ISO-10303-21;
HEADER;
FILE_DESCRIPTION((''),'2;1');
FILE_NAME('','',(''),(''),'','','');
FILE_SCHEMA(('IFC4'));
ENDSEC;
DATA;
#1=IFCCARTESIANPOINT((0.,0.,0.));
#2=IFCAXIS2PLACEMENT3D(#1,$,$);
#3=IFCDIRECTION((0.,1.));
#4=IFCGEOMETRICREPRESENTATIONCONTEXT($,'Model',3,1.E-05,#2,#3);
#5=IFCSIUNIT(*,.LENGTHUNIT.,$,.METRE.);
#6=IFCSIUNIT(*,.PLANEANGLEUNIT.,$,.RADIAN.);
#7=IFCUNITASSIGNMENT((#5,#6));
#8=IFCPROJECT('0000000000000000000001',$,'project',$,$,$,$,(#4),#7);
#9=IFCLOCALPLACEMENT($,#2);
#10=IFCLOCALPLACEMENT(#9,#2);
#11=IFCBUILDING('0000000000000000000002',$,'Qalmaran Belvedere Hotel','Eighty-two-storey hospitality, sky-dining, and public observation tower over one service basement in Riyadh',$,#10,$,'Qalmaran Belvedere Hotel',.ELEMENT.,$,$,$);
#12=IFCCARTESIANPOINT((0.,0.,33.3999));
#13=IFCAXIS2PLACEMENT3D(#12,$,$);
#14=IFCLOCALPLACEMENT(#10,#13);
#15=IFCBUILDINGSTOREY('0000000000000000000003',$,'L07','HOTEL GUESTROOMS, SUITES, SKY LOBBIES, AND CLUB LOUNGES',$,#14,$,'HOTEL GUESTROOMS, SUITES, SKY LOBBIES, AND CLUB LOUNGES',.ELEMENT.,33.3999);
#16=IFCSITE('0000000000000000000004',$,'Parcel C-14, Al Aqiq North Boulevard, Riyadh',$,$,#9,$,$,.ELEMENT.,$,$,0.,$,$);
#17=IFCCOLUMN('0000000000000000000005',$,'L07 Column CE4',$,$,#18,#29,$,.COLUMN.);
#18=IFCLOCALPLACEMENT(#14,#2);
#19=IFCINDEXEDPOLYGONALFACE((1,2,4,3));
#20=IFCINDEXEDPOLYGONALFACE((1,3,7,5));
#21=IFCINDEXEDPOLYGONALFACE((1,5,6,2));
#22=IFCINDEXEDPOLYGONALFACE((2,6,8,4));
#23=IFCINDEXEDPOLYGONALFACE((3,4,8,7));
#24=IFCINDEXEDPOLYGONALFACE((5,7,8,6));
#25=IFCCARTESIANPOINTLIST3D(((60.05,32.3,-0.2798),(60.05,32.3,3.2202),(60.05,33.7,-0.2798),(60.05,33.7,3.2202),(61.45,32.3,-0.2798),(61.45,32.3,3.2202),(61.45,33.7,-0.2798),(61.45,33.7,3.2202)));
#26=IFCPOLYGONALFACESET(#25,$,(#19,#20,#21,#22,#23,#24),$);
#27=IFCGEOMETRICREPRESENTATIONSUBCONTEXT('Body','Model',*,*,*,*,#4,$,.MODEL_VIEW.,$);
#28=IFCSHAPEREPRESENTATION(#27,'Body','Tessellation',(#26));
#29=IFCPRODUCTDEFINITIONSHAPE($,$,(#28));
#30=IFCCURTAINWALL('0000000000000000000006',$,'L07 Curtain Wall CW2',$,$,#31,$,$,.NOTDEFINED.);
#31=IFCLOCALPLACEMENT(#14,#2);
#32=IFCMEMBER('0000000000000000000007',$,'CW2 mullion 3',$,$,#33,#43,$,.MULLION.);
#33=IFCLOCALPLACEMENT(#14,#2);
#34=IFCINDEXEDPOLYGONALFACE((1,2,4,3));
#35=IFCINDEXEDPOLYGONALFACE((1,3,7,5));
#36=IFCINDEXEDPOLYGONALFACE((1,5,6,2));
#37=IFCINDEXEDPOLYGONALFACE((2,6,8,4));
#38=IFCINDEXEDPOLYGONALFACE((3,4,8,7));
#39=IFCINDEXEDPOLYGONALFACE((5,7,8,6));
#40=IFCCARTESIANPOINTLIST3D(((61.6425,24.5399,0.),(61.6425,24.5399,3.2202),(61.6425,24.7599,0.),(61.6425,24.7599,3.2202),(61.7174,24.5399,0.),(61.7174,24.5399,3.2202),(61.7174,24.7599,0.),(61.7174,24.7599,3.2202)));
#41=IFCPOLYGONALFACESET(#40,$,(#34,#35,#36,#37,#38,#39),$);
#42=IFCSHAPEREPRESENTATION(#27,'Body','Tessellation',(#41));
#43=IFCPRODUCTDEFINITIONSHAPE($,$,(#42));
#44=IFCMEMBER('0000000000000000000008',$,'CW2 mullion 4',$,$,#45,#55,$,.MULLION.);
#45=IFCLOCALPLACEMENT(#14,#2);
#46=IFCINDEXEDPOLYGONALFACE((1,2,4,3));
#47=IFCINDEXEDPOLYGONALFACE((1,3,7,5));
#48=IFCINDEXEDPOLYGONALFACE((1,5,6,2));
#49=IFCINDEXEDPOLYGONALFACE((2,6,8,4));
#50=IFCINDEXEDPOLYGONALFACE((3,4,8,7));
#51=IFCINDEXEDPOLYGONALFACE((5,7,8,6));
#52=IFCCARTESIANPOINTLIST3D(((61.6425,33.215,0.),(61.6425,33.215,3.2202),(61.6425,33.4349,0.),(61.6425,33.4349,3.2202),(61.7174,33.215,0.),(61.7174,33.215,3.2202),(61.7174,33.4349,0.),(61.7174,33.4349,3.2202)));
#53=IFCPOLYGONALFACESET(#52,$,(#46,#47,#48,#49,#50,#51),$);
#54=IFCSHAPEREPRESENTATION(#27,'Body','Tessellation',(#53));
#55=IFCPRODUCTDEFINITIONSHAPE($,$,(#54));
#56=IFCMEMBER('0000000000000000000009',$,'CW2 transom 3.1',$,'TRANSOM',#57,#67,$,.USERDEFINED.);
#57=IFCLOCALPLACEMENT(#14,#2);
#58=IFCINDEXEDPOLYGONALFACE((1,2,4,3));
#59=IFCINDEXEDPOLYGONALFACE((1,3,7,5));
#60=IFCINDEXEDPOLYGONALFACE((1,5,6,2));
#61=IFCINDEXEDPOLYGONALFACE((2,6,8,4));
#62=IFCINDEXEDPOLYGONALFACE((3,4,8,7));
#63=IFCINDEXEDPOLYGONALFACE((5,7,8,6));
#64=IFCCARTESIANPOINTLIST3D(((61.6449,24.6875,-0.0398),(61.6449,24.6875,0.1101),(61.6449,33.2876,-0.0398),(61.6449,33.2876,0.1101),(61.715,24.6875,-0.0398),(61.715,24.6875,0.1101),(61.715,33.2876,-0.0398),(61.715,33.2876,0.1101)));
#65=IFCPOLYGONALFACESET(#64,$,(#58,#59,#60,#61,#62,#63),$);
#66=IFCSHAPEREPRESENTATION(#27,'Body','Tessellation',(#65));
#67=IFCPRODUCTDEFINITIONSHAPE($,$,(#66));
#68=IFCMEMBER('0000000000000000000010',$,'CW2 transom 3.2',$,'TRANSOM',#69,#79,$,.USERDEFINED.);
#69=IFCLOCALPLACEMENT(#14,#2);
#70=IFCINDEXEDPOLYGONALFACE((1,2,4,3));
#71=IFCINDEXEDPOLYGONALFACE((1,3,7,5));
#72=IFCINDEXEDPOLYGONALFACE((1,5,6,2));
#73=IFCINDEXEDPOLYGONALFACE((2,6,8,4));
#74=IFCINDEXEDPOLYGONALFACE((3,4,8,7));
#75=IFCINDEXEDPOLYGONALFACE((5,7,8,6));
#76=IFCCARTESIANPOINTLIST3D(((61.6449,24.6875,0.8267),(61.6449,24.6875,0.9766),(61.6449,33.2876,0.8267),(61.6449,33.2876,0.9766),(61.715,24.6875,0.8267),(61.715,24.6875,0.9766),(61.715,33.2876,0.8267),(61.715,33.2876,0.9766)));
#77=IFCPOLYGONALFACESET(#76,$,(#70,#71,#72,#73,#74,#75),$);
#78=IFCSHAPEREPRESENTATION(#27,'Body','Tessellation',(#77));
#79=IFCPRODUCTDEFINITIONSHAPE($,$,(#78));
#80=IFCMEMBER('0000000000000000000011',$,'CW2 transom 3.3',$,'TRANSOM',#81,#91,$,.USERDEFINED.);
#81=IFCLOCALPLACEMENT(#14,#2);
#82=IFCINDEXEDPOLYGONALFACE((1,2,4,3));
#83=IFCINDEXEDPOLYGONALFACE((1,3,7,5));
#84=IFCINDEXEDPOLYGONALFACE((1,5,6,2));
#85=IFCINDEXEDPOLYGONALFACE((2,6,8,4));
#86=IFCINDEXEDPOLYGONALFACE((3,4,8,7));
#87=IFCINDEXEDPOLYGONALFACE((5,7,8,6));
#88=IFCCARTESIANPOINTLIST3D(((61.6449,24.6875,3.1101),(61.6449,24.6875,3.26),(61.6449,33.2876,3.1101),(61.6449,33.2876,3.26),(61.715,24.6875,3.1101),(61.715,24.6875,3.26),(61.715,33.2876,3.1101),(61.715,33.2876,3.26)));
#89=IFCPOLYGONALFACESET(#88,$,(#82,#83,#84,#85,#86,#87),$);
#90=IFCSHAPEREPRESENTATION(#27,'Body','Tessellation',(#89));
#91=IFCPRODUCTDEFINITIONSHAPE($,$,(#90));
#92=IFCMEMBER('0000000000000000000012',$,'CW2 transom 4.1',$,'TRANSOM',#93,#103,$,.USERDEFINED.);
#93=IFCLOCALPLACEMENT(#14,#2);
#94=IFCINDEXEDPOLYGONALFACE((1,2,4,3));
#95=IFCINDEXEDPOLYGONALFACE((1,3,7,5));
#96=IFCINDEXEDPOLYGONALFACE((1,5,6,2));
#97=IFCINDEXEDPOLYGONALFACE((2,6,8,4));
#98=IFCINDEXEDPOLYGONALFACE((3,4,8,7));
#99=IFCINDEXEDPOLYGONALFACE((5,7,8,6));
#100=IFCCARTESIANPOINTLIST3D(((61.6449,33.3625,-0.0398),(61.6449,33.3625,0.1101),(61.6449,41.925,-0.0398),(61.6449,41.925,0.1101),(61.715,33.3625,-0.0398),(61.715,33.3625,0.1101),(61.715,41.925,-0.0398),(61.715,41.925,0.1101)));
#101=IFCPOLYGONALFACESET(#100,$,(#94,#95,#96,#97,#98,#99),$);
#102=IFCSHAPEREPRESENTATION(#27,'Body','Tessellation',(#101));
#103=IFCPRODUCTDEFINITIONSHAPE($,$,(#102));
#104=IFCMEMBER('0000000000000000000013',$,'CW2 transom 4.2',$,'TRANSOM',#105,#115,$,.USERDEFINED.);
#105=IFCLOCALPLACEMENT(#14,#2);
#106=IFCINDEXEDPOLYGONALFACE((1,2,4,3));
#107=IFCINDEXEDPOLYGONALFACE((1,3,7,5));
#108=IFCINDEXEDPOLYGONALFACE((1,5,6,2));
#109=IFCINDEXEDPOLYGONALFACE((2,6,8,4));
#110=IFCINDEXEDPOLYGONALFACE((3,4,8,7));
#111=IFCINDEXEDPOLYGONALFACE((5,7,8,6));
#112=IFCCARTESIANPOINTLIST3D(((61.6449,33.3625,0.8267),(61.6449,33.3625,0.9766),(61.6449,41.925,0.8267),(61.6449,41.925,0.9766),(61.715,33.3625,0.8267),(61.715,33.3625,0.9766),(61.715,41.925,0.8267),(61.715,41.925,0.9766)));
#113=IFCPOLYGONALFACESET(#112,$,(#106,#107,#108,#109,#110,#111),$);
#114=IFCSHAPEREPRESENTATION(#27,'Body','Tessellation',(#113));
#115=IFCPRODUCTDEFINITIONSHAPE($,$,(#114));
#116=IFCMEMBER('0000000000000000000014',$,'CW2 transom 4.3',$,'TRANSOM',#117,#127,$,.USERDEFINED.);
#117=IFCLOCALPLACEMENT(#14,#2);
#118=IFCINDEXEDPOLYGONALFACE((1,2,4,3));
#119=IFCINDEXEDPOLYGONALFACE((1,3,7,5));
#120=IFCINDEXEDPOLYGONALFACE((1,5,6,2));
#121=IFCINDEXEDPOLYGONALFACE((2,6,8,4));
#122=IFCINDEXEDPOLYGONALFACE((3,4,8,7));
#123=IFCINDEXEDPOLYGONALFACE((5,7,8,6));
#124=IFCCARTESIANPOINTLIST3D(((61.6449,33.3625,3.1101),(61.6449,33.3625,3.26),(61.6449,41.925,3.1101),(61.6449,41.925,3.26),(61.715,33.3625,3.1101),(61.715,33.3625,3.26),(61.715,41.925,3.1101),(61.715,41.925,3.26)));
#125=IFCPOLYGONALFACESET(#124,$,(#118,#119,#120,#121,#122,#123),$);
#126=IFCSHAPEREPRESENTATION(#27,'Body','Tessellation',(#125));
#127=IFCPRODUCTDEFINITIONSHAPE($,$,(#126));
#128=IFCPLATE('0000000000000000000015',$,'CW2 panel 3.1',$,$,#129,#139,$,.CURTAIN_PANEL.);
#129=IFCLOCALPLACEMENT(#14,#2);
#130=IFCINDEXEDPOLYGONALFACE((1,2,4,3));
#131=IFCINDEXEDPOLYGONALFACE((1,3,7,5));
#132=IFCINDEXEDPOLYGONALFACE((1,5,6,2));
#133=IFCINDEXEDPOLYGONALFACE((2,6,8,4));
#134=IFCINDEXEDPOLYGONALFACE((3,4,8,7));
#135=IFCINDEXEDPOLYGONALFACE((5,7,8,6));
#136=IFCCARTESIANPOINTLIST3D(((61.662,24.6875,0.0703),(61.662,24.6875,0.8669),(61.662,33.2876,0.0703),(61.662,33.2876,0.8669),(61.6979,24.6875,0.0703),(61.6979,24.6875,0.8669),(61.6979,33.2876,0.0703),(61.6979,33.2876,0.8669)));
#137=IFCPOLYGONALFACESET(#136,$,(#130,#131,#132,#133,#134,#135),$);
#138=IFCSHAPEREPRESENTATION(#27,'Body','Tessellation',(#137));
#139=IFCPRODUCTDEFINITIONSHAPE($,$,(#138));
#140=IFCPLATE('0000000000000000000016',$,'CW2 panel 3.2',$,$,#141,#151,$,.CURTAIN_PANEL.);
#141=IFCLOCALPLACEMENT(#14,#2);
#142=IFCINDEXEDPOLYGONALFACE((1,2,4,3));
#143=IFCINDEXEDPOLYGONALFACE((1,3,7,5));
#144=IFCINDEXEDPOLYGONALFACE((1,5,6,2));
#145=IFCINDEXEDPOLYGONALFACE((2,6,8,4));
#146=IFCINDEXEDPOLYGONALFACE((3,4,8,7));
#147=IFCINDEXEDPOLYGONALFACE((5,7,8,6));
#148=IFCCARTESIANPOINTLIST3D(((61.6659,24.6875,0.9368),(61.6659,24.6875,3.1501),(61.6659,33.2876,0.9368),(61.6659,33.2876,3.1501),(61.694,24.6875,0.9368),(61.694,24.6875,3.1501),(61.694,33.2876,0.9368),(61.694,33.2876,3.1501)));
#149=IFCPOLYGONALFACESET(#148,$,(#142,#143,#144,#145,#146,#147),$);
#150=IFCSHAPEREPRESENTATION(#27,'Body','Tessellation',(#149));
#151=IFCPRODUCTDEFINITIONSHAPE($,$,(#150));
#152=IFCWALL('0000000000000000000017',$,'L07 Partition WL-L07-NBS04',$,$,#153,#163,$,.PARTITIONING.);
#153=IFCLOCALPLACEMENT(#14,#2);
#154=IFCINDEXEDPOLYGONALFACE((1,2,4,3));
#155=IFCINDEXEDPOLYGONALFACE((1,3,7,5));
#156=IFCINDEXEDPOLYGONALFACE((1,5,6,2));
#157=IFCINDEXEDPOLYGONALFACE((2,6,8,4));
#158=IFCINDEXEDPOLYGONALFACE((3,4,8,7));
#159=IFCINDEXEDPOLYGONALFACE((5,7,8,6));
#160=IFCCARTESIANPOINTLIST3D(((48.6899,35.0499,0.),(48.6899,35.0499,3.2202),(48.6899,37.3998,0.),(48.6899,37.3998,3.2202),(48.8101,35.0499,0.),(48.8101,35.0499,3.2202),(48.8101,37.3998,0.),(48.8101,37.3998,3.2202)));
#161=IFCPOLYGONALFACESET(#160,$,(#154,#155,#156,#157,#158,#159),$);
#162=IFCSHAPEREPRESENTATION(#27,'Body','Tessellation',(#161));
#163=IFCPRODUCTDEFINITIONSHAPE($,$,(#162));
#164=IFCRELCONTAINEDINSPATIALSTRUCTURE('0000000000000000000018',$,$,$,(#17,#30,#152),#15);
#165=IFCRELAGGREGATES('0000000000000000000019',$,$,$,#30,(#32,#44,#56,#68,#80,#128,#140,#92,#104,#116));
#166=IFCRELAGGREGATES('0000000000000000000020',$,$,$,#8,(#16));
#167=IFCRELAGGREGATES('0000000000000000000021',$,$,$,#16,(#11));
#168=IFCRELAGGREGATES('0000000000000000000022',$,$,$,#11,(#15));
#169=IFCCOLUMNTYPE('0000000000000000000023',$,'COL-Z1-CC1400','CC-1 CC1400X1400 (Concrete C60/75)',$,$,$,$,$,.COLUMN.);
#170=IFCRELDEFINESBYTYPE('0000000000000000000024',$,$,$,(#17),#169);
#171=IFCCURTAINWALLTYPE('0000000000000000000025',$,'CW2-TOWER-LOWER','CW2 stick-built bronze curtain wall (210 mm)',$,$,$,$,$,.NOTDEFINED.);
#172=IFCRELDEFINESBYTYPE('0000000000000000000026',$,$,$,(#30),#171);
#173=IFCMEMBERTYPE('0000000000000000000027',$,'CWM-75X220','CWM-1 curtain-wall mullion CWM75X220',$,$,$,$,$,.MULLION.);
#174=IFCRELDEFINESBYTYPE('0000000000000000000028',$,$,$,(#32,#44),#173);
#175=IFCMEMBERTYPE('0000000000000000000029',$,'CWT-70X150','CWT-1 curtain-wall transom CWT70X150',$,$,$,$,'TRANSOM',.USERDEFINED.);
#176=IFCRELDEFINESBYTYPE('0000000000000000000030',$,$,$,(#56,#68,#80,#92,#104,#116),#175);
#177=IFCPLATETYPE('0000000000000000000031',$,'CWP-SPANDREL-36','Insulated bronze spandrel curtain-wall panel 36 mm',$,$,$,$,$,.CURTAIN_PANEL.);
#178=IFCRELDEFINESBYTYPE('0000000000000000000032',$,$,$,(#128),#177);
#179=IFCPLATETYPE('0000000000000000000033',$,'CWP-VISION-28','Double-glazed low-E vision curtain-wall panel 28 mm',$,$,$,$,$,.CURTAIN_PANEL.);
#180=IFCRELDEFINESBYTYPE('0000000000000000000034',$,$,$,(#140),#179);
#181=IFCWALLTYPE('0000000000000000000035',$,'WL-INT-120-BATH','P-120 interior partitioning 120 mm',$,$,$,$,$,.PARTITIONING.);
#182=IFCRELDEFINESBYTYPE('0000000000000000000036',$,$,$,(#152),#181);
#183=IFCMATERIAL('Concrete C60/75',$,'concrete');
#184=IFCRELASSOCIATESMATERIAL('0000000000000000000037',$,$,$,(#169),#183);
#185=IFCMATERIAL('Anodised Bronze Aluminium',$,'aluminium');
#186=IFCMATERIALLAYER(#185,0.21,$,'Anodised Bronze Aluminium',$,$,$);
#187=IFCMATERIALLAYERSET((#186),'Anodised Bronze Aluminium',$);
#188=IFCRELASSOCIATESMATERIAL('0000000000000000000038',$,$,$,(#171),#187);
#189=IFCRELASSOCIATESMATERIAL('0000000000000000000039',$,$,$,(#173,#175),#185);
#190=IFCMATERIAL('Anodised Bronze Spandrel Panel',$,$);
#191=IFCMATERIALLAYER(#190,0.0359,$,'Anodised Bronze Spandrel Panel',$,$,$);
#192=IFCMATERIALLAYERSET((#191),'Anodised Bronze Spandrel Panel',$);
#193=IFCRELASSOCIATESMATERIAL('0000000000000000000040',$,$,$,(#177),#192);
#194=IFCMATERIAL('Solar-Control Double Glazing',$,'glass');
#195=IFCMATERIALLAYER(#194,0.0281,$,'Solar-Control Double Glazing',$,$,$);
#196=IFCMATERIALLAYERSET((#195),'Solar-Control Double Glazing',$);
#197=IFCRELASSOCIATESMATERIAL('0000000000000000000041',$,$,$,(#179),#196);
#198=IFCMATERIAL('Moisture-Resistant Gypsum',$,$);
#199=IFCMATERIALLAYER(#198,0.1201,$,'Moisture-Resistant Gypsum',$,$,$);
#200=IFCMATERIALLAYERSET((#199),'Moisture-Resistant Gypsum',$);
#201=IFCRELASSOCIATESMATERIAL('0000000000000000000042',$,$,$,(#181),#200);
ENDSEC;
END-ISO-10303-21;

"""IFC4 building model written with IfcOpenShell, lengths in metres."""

from ifc_helpers import new_model, si_unit, direction, frame, frame_2d, origin, origin_2d, place, context, subcontext, project, spatial, rectangle, extrude, material, layer, layer_set, material_profile, profile_set, type_object, element, aggregate, save


model = new_model("IFC4")

# Units and contexts
model_context = context("Model", 3, precision=1e-05, world=origin(), true_north=direction((0.0, 1.0)))
body_context = subcontext(model_context, "Body", "Model", "MODEL_VIEW")
ifc_project = project(units=[si_unit("LENGTHUNIT", "METRE"), si_unit("PLANEANGLEUNIT", "RADIAN")], contexts=[model_context])

# Site, building, storey
site_placement = place(None, origin())
site = spatial("IfcSite", under=ifc_project, at=site_placement, Name="Parcel C-14, Al Aqiq North Boulevard, Riyadh", CompositionType="ELEMENT", RefElevation=0.0)
building_placement = place(site_placement, origin())
building = spatial("IfcBuilding", under=site, at=building_placement, Name="Qalmaran Belvedere Hotel", Description="Eighty-two-storey hospitality, sky-dining, and public observation tower over one service basement in Riyadh", LongName="Qalmaran Belvedere Hotel", CompositionType="ELEMENT")
storey_placement = place(building_placement, frame((0.0, 0.0, 33.3999)))
storey = spatial("IfcBuildingStorey", under=building, at=storey_placement, Name="L07", Description="HOTEL GUESTROOMS, SUITES, SKY LOBBIES, AND CLUB LOUNGES", LongName="HOTEL GUESTROOMS, SUITES, SKY LOBBIES, AND CLUB LOUNGES", CompositionType="ELEMENT", Elevation=33.3999)

# Column
ifc_material_1 = material(Name="Concrete C60/75", Category="concrete")
ifc_material_profile_1 = material_profile(ifc_material_1, rectangle(XDim=1.3999, YDim=1.3999, at=origin_2d()), Name="CC1400X1400")
ifc_profile_set_1 = profile_set([ifc_material_profile_1], Name="Concrete C60/75")
column_type = type_object("IfcColumnType", Name="COL-Z1-CC1400", Description="CC-1 CC1400X1400 (Concrete C60/75)", PredefinedType="COLUMN", material=ifc_profile_set_1)
column_placement = place(storey_placement, frame((60.75, 33.0, -0.2798), z_axis=(0.0, 0.0, 1.0), x_axis=(1.0, 0.0, 0.0)))
element("IfcColumn", 1, at=column_placement, inside=storey, type_object=column_type, Name="L07 Column CE4", PredefinedType="COLUMN", context=body_context, shape_type="SweptSolid", body=[
    extrude(rectangle(XDim=1.3999, YDim=1.3999, at=origin_2d()), origin(), (0.0, 0.0, 1.0), 3.5),
])

# Curtain wall, members, plates
ifc_material_2 = material(Name="Anodised Bronze Aluminium", Category="aluminium")
ifc_layer_1 = layer(ifc_material_2, 0.21, Name="Anodised Bronze Aluminium")
ifc_layer_set_1 = layer_set([ifc_layer_1], Name="Anodised Bronze Aluminium")
curtain_wall_type = type_object("IfcCurtainWallType", Name="CW2-TOWER-LOWER", Description="CW2 stick-built bronze curtain wall (210 mm)", PredefinedType="NOTDEFINED", material=ifc_layer_set_1)
curtain_wall_placement = place(storey_placement, origin())
curtain_wall = element("IfcCurtainWall", 2, at=curtain_wall_placement, inside=storey, type_object=curtain_wall_type, Name="L07 Curtain Wall CW2", PredefinedType="NOTDEFINED")
ifc_material_profile_2 = material_profile(ifc_material_2, rectangle(XDim=0.075, YDim=0.22, at=origin_2d()), Name="CWM75X220")
ifc_profile_set_2 = profile_set([ifc_material_profile_2], Name="Anodised Bronze Aluminium")
member_type_1 = type_object("IfcMemberType", Name="CWM-75X220", Description="CWM-1 curtain-wall mullion CWM75X220", PredefinedType="MULLION", material=ifc_profile_set_2)
member_1_placement = place(storey_placement, frame((61.6799, 24.6499, 0.0), z_axis=(0.0, 0.0, 1.0), x_axis=(-1.0, 0.0, 0.0)))
member_1 = element("IfcMember", 3, at=member_1_placement, type_object=member_type_1, Name="CW2 mullion 3", PredefinedType="MULLION", context=body_context, shape_type="SweptSolid", body=[
    extrude(rectangle(XDim=0.075, YDim=0.22, at=origin_2d()), origin(), (0.0, 0.0, 1.0), 3.2202),
])
member_2_placement = place(storey_placement, frame((61.6799, 33.325, 0.0), z_axis=(0.0, 0.0, 1.0), x_axis=(-1.0, 0.0, 0.0)))
member_2 = element("IfcMember", 4, at=member_2_placement, type_object=member_type_1, Name="CW2 mullion 4", PredefinedType="MULLION", context=body_context, shape_type="SweptSolid", body=[
    extrude(rectangle(XDim=0.075, YDim=0.22, at=origin_2d()), origin(), (0.0, 0.0, 1.0), 3.2202),
])
ifc_material_profile_3 = material_profile(ifc_material_2, rectangle(XDim=0.0701, YDim=0.1499, at=origin_2d()), Name="CWT70X150")
ifc_profile_set_3 = profile_set([ifc_material_profile_3], Name="Anodised Bronze Aluminium")
member_type_2 = type_object("IfcMemberType", Name="CWT-70X150", Description="CWT-1 curtain-wall transom CWT70X150", ElementType="TRANSOM", PredefinedType="USERDEFINED", material=ifc_profile_set_3)
member_3_placement = place(storey_placement, frame((61.6799, 24.6875, 0.0352), z_axis=(0.0, 1.0, 0.0), x_axis=(-1.0, 0.0, 0.0)))
member_3 = element("IfcMember", 5, at=member_3_placement, type_object=member_type_2, Name="CW2 transom 3.1", ObjectType="TRANSOM", PredefinedType="USERDEFINED", context=body_context, shape_type="SweptSolid", body=[
    extrude(rectangle(XDim=0.0701, YDim=0.1499, at=origin_2d()), origin(), (0.0, 0.0, 1.0), 8.6001),
])
member_4_placement = place(storey_placement, frame((61.6799, 24.6875, 0.9016), z_axis=(0.0, 1.0, 0.0), x_axis=(-1.0, 0.0, 0.0)))
member_4 = element("IfcMember", 6, at=member_4_placement, type_object=member_type_2, Name="CW2 transom 3.2", ObjectType="TRANSOM", PredefinedType="USERDEFINED", context=body_context, shape_type="SweptSolid", body=[
    extrude(rectangle(XDim=0.0701, YDim=0.1499, at=origin_2d()), origin(), (0.0, 0.0, 1.0), 8.6001),
])
member_5_placement = place(storey_placement, frame((61.6799, 24.6875, 3.1851), z_axis=(0.0, 1.0, 0.0), x_axis=(-1.0, 0.0, 0.0)))
member_5 = element("IfcMember", 7, at=member_5_placement, type_object=member_type_2, Name="CW2 transom 3.3", ObjectType="TRANSOM", PredefinedType="USERDEFINED", context=body_context, shape_type="SweptSolid", body=[
    extrude(rectangle(XDim=0.0701, YDim=0.1499, at=origin_2d()), origin(), (0.0, 0.0, 1.0), 8.6001),
])
member_6_placement = place(storey_placement, frame((61.6799, 33.3625, 0.0352), z_axis=(0.0, 1.0, 0.0), x_axis=(-1.0, 0.0, 0.0)))
member_6 = element("IfcMember", 8, at=member_6_placement, type_object=member_type_2, Name="CW2 transom 4.1", ObjectType="TRANSOM", PredefinedType="USERDEFINED", context=body_context, shape_type="SweptSolid", body=[
    extrude(rectangle(XDim=0.0701, YDim=0.1499, at=origin_2d()), origin(), (0.0, 0.0, 1.0), 8.5625),
])
member_7_placement = place(storey_placement, frame((61.6799, 33.3625, 0.9016), z_axis=(0.0, 1.0, 0.0), x_axis=(-1.0, 0.0, 0.0)))
member_7 = element("IfcMember", 9, at=member_7_placement, type_object=member_type_2, Name="CW2 transom 4.2", ObjectType="TRANSOM", PredefinedType="USERDEFINED", context=body_context, shape_type="SweptSolid", body=[
    extrude(rectangle(XDim=0.0701, YDim=0.1499, at=origin_2d()), origin(), (0.0, 0.0, 1.0), 8.5625),
])
member_8_placement = place(storey_placement, frame((61.6799, 33.3625, 3.1851), z_axis=(0.0, 1.0, 0.0), x_axis=(-1.0, 0.0, 0.0)))
member_8 = element("IfcMember", 10, at=member_8_placement, type_object=member_type_2, Name="CW2 transom 4.3", ObjectType="TRANSOM", PredefinedType="USERDEFINED", context=body_context, shape_type="SweptSolid", body=[
    extrude(rectangle(XDim=0.0701, YDim=0.1499, at=origin_2d()), origin(), (0.0, 0.0, 1.0), 8.5625),
])
ifc_material_3 = material(Name="Anodised Bronze Spandrel Panel")
ifc_layer_2 = layer(ifc_material_3, 0.0359, Name="Anodised Bronze Spandrel Panel")
ifc_layer_set_2 = layer_set([ifc_layer_2], Name="Anodised Bronze Spandrel Panel")
plate_type_1 = type_object("IfcPlateType", Name="CWP-SPANDREL-36", Description="Insulated bronze spandrel curtain-wall panel 36 mm", PredefinedType="CURTAIN_PANEL", material=ifc_layer_set_2)
plate_1_placement = place(storey_placement, frame((61.6799, 28.9875, 0.0703), z_axis=(0.0, 0.0, 1.0), x_axis=(0.0, 1.0, 0.0)))
plate_1 = element("IfcPlate", 11, at=plate_1_placement, type_object=plate_type_1, Name="CW2 panel 3.1", PredefinedType="CURTAIN_PANEL", context=body_context, shape_type="SweptSolid", body=[
    extrude(rectangle(XDim=8.6001, YDim=0.0359, at=origin_2d()), origin(), (0.0, 0.0, 1.0), 0.7966),
])
ifc_material_4 = material(Name="Solar-Control Double Glazing", Category="glass")
ifc_layer_3 = layer(ifc_material_4, 0.0281, Name="Solar-Control Double Glazing")
ifc_layer_set_3 = layer_set([ifc_layer_3], Name="Solar-Control Double Glazing")
plate_type_2 = type_object("IfcPlateType", Name="CWP-VISION-28", Description="Double-glazed low-E vision curtain-wall panel 28 mm", PredefinedType="CURTAIN_PANEL", material=ifc_layer_set_3)
plate_2_placement = place(storey_placement, frame((61.6799, 28.9875, 0.9368), z_axis=(0.0, 0.0, 1.0), x_axis=(0.0, 1.0, 0.0)))
plate_2 = element("IfcPlate", 12, at=plate_2_placement, type_object=plate_type_2, Name="CW2 panel 3.2", PredefinedType="CURTAIN_PANEL", context=body_context, shape_type="SweptSolid", body=[
    extrude(rectangle(XDim=8.6001, YDim=0.0281, at=origin_2d()), origin(), (0.0, 0.0, 1.0), 2.2134),
])
aggregate(curtain_wall, [member_1, member_2, member_3, member_4, member_5, plate_1, plate_2, member_6, member_7, member_8])

# Wall
ifc_material_5 = material(Name="Moisture-Resistant Gypsum")
ifc_layer_4 = layer(ifc_material_5, 0.1201, Name="Moisture-Resistant Gypsum")
ifc_layer_set_4 = layer_set([ifc_layer_4], Name="Moisture-Resistant Gypsum")
wall_type_1 = type_object("IfcWallType", Name="WL-INT-120-BATH", Description="P-120 interior partitioning 120 mm", PredefinedType="PARTITIONING", material=ifc_layer_set_4)
wall_1_placement = place(storey_placement, frame((48.75, 35.05, 0.0), z_axis=(0.0, 0.0, 1.0), x_axis=(0.0, 1.0, 0.0)))
element("IfcWall", 13, at=wall_1_placement, inside=storey, type_object=wall_type_1, Name="L07 Partition WL-L07-NBS04", PredefinedType="PARTITIONING", context=body_context, shape_type="SweptSolid", body=[
    extrude(rectangle(XDim=2.3499, YDim=0.1201, at=frame_2d((1.1748, 0.0))), origin(), (0.0, 0.0, 1.0), 3.2202),
])

save(model, "model.ifc")
